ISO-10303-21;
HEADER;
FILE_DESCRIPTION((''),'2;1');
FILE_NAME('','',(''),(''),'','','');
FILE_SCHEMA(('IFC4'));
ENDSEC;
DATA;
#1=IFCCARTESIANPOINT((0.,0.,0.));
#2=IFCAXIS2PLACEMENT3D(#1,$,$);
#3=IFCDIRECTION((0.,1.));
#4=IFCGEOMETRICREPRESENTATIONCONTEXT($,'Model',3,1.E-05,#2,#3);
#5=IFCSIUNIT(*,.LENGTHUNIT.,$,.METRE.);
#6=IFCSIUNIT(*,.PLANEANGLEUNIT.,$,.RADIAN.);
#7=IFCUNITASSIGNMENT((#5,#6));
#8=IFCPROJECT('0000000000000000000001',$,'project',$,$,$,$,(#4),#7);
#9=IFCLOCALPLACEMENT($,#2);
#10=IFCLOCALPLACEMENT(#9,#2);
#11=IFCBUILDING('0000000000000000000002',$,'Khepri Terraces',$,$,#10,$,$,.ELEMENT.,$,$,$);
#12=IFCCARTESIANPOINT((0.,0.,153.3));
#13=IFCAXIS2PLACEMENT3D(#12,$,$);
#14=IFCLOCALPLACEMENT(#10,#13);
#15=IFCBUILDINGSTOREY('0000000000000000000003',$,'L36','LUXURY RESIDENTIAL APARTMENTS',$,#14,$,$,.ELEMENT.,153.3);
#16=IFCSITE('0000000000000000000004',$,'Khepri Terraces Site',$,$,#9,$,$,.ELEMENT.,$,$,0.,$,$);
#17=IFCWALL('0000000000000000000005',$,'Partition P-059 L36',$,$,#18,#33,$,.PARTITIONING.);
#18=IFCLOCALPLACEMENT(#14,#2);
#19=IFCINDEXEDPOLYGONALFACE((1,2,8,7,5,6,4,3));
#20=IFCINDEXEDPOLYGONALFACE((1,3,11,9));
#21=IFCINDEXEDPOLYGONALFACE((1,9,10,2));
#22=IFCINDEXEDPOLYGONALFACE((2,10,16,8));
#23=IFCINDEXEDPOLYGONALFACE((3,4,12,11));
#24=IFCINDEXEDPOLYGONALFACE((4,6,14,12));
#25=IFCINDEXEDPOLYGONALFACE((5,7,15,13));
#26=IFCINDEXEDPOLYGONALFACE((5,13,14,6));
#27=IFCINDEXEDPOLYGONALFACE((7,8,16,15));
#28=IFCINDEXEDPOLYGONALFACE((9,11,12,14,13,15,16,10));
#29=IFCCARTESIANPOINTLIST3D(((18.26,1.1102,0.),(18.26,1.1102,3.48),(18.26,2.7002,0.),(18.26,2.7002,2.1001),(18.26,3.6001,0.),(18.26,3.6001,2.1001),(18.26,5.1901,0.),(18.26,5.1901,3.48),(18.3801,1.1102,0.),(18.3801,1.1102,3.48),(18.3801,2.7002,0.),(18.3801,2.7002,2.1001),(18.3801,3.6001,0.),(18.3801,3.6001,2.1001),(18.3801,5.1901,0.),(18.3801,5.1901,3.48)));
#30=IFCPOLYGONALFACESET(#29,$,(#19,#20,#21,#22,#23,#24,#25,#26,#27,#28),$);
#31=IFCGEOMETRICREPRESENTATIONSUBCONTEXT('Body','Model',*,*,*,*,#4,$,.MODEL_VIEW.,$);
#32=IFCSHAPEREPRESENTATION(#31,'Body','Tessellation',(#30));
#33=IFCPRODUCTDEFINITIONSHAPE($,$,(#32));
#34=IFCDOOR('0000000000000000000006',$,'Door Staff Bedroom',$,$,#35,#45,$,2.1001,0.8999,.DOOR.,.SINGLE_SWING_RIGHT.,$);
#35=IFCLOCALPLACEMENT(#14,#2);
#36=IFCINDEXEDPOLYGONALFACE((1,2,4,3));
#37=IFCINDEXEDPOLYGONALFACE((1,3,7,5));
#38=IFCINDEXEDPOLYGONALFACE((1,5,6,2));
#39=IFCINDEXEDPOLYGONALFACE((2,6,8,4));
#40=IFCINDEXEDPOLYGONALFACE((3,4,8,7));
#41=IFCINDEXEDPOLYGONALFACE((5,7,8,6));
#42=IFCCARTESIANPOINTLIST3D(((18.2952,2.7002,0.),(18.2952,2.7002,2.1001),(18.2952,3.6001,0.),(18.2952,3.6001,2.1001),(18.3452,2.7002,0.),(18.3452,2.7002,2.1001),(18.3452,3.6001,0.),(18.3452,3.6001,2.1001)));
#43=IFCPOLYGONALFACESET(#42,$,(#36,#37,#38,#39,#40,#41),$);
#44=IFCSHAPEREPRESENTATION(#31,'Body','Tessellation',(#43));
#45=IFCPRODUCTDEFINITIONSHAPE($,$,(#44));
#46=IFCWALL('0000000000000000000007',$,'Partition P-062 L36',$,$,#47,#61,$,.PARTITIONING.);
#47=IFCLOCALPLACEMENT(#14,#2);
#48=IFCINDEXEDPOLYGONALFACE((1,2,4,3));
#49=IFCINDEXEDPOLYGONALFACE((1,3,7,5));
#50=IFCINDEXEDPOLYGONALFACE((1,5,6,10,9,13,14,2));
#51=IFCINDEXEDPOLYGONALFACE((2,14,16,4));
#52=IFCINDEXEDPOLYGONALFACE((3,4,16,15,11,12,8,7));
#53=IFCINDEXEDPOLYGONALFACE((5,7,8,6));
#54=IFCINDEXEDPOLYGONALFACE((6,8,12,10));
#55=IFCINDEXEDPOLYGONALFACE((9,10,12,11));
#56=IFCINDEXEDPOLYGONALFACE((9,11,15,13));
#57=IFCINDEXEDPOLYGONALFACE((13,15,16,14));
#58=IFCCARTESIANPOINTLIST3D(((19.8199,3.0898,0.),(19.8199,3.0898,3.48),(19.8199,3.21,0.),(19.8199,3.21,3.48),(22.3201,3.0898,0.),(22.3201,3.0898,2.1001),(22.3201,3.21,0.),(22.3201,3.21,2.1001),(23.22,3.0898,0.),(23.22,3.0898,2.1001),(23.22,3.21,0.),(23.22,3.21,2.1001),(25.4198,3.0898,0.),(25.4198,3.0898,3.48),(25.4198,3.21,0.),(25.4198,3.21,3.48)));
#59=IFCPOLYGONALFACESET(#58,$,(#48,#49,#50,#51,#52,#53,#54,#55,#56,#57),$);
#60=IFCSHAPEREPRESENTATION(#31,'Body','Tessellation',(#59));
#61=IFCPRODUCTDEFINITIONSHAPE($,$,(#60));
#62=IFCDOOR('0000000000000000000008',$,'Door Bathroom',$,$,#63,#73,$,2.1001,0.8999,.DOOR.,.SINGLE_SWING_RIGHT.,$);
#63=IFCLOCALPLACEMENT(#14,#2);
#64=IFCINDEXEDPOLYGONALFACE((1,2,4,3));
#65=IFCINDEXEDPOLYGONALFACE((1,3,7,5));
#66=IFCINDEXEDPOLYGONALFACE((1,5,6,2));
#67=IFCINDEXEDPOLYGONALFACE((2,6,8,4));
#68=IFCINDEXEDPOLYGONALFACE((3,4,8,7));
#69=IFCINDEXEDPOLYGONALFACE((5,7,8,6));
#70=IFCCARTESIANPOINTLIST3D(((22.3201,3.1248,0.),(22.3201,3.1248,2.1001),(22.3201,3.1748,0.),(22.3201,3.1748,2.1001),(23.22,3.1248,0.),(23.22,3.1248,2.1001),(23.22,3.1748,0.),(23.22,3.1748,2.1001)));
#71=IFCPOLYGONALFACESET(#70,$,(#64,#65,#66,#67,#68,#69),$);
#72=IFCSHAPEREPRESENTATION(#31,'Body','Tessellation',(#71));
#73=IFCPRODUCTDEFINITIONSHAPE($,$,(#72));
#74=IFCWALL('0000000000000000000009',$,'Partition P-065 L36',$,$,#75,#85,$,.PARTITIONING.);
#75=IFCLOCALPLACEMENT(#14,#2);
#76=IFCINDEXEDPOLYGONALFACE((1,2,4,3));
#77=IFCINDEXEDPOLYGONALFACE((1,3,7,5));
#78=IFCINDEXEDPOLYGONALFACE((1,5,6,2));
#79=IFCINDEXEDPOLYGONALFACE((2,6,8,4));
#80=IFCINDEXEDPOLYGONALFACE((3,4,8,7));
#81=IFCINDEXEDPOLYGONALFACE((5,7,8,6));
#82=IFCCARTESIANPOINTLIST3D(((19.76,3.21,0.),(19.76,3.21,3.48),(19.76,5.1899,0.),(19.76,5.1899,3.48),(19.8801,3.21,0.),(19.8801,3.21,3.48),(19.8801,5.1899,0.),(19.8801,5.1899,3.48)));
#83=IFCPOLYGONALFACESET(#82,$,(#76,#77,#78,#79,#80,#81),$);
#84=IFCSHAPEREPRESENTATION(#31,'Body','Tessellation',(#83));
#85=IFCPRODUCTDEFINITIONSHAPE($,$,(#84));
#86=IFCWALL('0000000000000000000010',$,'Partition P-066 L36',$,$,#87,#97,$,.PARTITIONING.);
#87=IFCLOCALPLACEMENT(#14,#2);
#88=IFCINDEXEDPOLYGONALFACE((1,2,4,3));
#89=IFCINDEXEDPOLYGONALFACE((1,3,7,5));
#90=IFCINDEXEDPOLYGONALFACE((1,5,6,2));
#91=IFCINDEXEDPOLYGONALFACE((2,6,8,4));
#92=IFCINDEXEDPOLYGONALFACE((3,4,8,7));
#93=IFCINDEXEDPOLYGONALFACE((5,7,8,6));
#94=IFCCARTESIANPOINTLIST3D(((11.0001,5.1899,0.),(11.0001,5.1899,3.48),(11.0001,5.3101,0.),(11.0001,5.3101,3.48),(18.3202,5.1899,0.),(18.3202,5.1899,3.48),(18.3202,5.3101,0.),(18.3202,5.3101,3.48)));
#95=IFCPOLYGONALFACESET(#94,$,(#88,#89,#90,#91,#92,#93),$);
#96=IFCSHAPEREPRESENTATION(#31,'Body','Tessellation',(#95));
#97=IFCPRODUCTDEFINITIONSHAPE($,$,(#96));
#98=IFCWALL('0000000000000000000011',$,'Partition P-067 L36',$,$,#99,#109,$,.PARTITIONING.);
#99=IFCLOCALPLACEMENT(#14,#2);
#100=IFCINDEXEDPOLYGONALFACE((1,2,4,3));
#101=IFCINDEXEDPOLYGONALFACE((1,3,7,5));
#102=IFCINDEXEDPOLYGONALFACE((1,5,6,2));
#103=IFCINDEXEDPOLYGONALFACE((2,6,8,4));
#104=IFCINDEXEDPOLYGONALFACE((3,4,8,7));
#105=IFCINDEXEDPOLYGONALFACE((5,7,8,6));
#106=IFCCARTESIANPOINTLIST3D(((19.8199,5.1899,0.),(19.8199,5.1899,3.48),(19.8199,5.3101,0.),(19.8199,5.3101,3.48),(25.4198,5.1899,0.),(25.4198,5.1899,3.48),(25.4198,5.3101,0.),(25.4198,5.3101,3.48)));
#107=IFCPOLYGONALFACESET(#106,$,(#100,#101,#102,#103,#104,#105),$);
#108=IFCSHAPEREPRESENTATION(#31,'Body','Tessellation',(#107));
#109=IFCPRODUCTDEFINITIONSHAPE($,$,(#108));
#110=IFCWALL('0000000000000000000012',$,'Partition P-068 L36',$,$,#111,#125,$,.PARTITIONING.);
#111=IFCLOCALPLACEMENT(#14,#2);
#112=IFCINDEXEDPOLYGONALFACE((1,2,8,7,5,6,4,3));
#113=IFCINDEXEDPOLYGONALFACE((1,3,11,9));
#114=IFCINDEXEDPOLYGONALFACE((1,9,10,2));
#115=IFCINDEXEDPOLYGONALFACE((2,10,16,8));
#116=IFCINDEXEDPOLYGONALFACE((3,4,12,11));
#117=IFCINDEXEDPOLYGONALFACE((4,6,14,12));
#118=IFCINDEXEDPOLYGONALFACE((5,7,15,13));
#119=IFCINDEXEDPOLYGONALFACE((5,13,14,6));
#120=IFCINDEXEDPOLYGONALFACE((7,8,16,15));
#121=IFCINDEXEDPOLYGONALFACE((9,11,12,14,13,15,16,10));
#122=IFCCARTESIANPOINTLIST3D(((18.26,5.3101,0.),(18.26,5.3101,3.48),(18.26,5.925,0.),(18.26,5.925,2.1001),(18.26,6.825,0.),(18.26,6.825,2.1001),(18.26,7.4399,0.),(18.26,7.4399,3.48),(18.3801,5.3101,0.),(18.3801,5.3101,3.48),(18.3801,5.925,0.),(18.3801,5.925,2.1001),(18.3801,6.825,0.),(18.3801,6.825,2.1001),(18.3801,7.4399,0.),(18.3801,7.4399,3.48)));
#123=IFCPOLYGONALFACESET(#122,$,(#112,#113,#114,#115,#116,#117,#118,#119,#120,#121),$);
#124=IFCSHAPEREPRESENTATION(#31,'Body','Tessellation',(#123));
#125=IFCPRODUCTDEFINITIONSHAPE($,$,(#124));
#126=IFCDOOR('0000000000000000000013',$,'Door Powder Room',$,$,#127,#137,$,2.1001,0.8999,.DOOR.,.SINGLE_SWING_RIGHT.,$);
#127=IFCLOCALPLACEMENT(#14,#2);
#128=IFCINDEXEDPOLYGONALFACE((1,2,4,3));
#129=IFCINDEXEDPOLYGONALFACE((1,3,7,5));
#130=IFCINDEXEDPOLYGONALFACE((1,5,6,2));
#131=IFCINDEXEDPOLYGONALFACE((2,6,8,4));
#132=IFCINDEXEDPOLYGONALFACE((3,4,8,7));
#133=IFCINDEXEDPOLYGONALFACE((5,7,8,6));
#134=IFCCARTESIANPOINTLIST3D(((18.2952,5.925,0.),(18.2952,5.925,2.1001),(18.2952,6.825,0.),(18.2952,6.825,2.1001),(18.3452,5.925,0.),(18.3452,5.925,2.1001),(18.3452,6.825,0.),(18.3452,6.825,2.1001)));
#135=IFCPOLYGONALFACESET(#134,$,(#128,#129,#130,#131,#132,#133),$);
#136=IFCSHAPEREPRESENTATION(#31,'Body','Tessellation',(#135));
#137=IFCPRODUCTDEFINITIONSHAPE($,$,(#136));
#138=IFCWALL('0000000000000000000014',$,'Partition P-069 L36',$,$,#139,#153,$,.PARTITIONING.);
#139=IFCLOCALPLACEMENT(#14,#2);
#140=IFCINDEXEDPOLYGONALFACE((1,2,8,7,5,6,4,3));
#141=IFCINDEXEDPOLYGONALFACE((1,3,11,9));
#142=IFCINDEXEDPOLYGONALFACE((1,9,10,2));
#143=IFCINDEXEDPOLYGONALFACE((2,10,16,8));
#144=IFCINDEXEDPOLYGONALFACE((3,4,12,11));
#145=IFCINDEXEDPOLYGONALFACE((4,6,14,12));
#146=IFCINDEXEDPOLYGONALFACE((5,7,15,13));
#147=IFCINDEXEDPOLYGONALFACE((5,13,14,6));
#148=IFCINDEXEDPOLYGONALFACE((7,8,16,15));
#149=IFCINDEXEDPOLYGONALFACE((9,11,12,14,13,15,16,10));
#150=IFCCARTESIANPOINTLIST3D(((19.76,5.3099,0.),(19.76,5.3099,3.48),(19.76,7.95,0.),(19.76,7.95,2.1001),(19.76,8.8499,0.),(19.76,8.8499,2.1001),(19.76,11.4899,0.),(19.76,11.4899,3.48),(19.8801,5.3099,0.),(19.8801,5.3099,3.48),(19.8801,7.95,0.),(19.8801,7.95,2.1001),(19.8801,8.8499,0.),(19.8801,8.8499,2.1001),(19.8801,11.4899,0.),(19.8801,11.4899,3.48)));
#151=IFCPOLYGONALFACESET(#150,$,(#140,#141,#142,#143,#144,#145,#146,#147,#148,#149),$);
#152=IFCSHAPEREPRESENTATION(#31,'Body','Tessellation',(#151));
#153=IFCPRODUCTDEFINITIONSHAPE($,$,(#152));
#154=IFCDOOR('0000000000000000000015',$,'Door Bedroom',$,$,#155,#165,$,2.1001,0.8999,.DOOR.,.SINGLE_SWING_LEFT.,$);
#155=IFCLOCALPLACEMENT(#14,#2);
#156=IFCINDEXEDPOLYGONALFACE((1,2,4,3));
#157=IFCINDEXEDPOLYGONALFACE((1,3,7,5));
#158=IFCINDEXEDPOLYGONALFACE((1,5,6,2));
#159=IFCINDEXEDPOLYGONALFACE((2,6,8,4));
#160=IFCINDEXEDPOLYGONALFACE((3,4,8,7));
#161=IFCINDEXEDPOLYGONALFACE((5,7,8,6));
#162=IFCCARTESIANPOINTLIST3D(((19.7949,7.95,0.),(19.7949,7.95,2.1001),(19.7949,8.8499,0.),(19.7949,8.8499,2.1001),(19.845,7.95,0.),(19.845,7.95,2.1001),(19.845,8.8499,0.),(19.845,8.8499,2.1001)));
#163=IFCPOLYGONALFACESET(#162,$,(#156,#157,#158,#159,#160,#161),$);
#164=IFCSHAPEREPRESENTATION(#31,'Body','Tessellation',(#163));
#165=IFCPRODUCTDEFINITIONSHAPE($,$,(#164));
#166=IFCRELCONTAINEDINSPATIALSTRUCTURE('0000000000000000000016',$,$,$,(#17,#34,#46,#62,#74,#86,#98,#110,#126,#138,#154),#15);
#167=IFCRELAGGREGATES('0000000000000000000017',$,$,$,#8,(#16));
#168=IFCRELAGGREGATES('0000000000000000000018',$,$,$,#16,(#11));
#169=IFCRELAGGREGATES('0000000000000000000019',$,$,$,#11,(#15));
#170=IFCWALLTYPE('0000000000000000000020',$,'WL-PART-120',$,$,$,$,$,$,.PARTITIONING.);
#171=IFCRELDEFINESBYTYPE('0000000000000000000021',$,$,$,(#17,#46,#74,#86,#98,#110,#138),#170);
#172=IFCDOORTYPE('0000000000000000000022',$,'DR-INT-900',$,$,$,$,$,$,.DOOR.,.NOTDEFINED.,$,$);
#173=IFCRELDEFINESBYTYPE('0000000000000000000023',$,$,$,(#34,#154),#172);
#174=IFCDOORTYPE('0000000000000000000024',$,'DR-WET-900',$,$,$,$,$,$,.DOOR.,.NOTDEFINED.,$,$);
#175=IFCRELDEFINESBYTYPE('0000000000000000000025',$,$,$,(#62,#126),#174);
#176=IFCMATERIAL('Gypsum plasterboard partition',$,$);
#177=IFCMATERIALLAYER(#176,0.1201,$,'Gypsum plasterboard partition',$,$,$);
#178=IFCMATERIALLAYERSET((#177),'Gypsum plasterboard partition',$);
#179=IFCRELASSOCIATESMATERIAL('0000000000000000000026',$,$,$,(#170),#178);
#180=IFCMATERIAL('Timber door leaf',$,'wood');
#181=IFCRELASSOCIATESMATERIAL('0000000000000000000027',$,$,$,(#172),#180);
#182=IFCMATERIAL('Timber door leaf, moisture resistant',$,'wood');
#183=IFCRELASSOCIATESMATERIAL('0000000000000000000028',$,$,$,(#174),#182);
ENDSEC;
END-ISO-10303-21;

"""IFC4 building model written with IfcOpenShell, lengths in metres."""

from ifc_helpers import new_model, si_unit, direction, frame, frame_2d, origin, place, context, subcontext, project, spatial, rectangle, extrude, material, layer, layer_set, type_object, element, fill, save


model = new_model("IFC4")

# Units and contexts
model_context = context("Model", 3, precision=1e-05, world=origin(), true_north=direction((0.0, 1.0)))
body_context = subcontext(model_context, "Body", "Model", "MODEL_VIEW")
ifc_project = project(units=[si_unit("LENGTHUNIT", "METRE"), si_unit("PLANEANGLEUNIT", "RADIAN")], contexts=[model_context])

# Site, building, storey
site_placement = place(None, origin())
site = spatial("IfcSite", under=ifc_project, at=site_placement, Name="Khepri Terraces Site", CompositionType="ELEMENT", RefElevation=0.0)
building_placement = place(site_placement, origin())
building = spatial("IfcBuilding", under=site, at=building_placement, Name="Khepri Terraces", CompositionType="ELEMENT")
storey_placement = place(building_placement, frame((0.0, 0.0, 153.3)))
storey = spatial("IfcBuildingStorey", under=building, at=storey_placement, Name="L36", Description="LUXURY RESIDENTIAL APARTMENTS", CompositionType="ELEMENT", Elevation=153.3)

# Shared definitions
ifc_material_1 = material(Name="Gypsum plasterboard partition")
ifc_layer_1 = layer(ifc_material_1, 0.1201, Name="Gypsum plasterboard partition")
ifc_layer_set_1 = layer_set([ifc_layer_1], Name="Gypsum plasterboard partition")
wall_type_1 = type_object("IfcWallType", Name="WL-PART-120", PredefinedType="PARTITIONING", material=ifc_layer_set_1)

# Walls, openings, doors
wall_1_placement = place(storey_placement, frame((18.3201, 1.1101, 0.0), z_axis=(0.0, 0.0, 1.0), x_axis=(0.0, 1.0, 0.0)))
wall_1 = element("IfcWall", 1, at=wall_1_placement, inside=storey, type_object=wall_type_1, Name="Partition P-059 L36", PredefinedType="PARTITIONING", context=body_context, shape_type="SweptSolid", body=[
    extrude(rectangle(XDim=4.0798, YDim=0.1201, at=frame_2d((2.04, 0.0))), origin(), (0.0, 0.0, 1.0), 3.48),
])
opening_1_placement = place(wall_1_placement, frame((1.5901, 0.0, 0.0)))
opening_1 = element("IfcOpeningElement", 2, at=opening_1_placement, cuts=wall_1, PredefinedType="OPENING", context=body_context, shape_type="SweptSolid", body=[
    extrude(rectangle(XDim=0.8999, YDim=2.1001, at=frame_2d((0.45, 1.05))), frame((0.0, 0.0701, 0.0), z_axis=(0.0, -1.0, 0.0), x_axis=(1.0, 0.0, 0.0)), (0.0, 0.0, 1.0), 0.1401),
])
ifc_material_2 = material(Name="Timber door leaf", Category="wood")
door_type_1 = type_object("IfcDoorType", Name="DR-INT-900", OperationType="NOTDEFINED", PredefinedType="DOOR", material=ifc_material_2)
door_1_placement = place(opening_1_placement, origin())
door_1 = element("IfcDoor", 3, at=door_1_placement, inside=storey, type_object=door_type_1, Name="Door Staff Bedroom", OperationType="SINGLE_SWING_RIGHT", OverallHeight=2.1001, OverallWidth=0.8999, PredefinedType="DOOR", context=body_context, shape_type="SweptSolid", body=[
    extrude(rectangle(XDim=0.8999, YDim=2.1001, at=frame_2d((0.45, 1.05))), frame((0.0, 0.0249, 0.0), z_axis=(0.0, -1.0, 0.0), x_axis=(1.0, 0.0, 0.0)), (0.0, 0.0, 1.0), 0.05),
])
fill(opening_1, door_1)
wall_2_placement = place(storey_placement, frame((19.8201, 3.1499, 0.0), z_axis=(0.0, 0.0, 1.0), x_axis=(1.0, 0.0, 0.0)))
wall_2 = element("IfcWall", 4, at=wall_2_placement, inside=storey, type_object=wall_type_1, Name="Partition P-062 L36", PredefinedType="PARTITIONING", context=body_context, shape_type="SweptSolid", body=[
    extrude(rectangle(XDim=5.5999, YDim=0.1201, at=frame_2d((2.7998, 0.0))), origin(), (0.0, 0.0, 1.0), 3.48),
])
opening_2_placement = place(wall_2_placement, frame((2.5, 0.0, 0.0)))
opening_2 = element("IfcOpeningElement", 5, at=opening_2_placement, cuts=wall_2, PredefinedType="OPENING", context=body_context, shape_type="SweptSolid", body=[
    extrude(rectangle(XDim=0.8999, YDim=2.1001, at=frame_2d((0.45, 1.05))), frame((0.0, 0.0701, 0.0), z_axis=(0.0, -1.0, 0.0), x_axis=(1.0, 0.0, 0.0)), (0.0, 0.0, 1.0), 0.1401),
])
ifc_material_3 = material(Name="Timber door leaf, moisture resistant", Category="wood")
door_type_2 = type_object("IfcDoorType", Name="DR-WET-900", OperationType="NOTDEFINED", PredefinedType="DOOR", material=ifc_material_3)
door_2_placement = place(opening_2_placement, origin())
door_2 = element("IfcDoor", 6, at=door_2_placement, inside=storey, type_object=door_type_2, Name="Door Bathroom", OperationType="SINGLE_SWING_RIGHT", OverallHeight=2.1001, OverallWidth=0.8999, PredefinedType="DOOR", context=body_context, shape_type="SweptSolid", body=[
    extrude(rectangle(XDim=0.8999, YDim=2.1001, at=frame_2d((0.45, 1.05))), frame((0.0, 0.0249, 0.0), z_axis=(0.0, -1.0, 0.0), x_axis=(1.0, 0.0, 0.0)), (0.0, 0.0, 1.0), 0.05),
])
fill(opening_2, door_2)

# Walls
wall_3_placement = place(storey_placement, frame((19.8201, 3.21, 0.0), z_axis=(0.0, 0.0, 1.0), x_axis=(0.0, 1.0, 0.0)))
element("IfcWall", 7, at=wall_3_placement, inside=storey, type_object=wall_type_1, Name="Partition P-065 L36", PredefinedType="PARTITIONING", context=body_context, shape_type="SweptSolid", body=[
    extrude(rectangle(XDim=1.98, YDim=0.1201, at=frame_2d((0.99, 0.0))), origin(), (0.0, 0.0, 1.0), 3.48),
])
wall_4_placement = place(storey_placement, frame((11.0, 5.25, 0.0), z_axis=(0.0, 0.0, 1.0), x_axis=(1.0, 0.0, 0.0)))
element("IfcWall", 8, at=wall_4_placement, inside=storey, type_object=wall_type_1, Name="Partition P-066 L36", PredefinedType="PARTITIONING", context=body_context, shape_type="SweptSolid", body=[
    extrude(rectangle(XDim=7.3201, YDim=0.1201, at=frame_2d((3.6602, 0.0))), origin(), (0.0, 0.0, 1.0), 3.48),
])
wall_5_placement = place(storey_placement, frame((19.8201, 5.25, 0.0), z_axis=(0.0, 0.0, 1.0), x_axis=(1.0, 0.0, 0.0)))
element("IfcWall", 9, at=wall_5_placement, inside=storey, type_object=wall_type_1, Name="Partition P-067 L36", PredefinedType="PARTITIONING", context=body_context, shape_type="SweptSolid", body=[
    extrude(rectangle(XDim=5.5999, YDim=0.1201, at=frame_2d((2.7998, 0.0))), origin(), (0.0, 0.0, 1.0), 3.48),
])

# Walls, openings, doors
wall_6_placement = place(storey_placement, frame((18.3201, 5.3101, 0.0), z_axis=(0.0, 0.0, 1.0), x_axis=(0.0, 1.0, 0.0)))
wall_6 = element("IfcWall", 10, at=wall_6_placement, inside=storey, type_object=wall_type_1, Name="Partition P-068 L36", PredefinedType="PARTITIONING", context=body_context, shape_type="SweptSolid", body=[
    extrude(rectangle(XDim=2.1299, YDim=0.1201, at=frame_2d((1.0649, 0.0))), origin(), (0.0, 0.0, 1.0), 3.48),
])
opening_3_placement = place(wall_6_placement, frame((0.615, 0.0, 0.0)))
opening_3 = element("IfcOpeningElement", 11, at=opening_3_placement, cuts=wall_6, PredefinedType="OPENING", context=body_context, shape_type="SweptSolid", body=[
    extrude(rectangle(XDim=0.8999, YDim=2.1001, at=frame_2d((0.45, 1.05))), frame((0.0, 0.0701, 0.0), z_axis=(0.0, -1.0, 0.0), x_axis=(1.0, 0.0, 0.0)), (0.0, 0.0, 1.0), 0.1401),
])
door_3_placement = place(opening_3_placement, origin())
door_3 = element("IfcDoor", 12, at=door_3_placement, inside=storey, type_object=door_type_2, Name="Door Powder Room", OperationType="SINGLE_SWING_RIGHT", OverallHeight=2.1001, OverallWidth=0.8999, PredefinedType="DOOR", context=body_context, shape_type="SweptSolid", body=[
    extrude(rectangle(XDim=0.8999, YDim=2.1001, at=frame_2d((0.45, 1.05))), frame((0.0, 0.0249, 0.0), z_axis=(0.0, -1.0, 0.0), x_axis=(1.0, 0.0, 0.0)), (0.0, 0.0, 1.0), 0.05),
])
fill(opening_3, door_3)
wall_7_placement = place(storey_placement, frame((19.8201, 5.3101, 0.0), z_axis=(0.0, 0.0, 1.0), x_axis=(0.0, 1.0, 0.0)))
wall_7 = element("IfcWall", 13, at=wall_7_placement, inside=storey, type_object=wall_type_1, Name="Partition P-069 L36", PredefinedType="PARTITIONING", context=body_context, shape_type="SweptSolid", body=[
    extrude(rectangle(XDim=6.1799, YDim=0.1201, at=frame_2d((3.0898, 0.0))), origin(), (0.0, 0.0, 1.0), 3.48),
])
opening_4_placement = place(wall_7_placement, frame((2.6399, 0.0, 0.0)))
opening_4 = element("IfcOpeningElement", 14, at=opening_4_placement, cuts=wall_7, PredefinedType="OPENING", context=body_context, shape_type="SweptSolid", body=[
    extrude(rectangle(XDim=0.8999, YDim=2.1001, at=frame_2d((0.45, 1.05))), frame((0.0, 0.0701, 0.0), z_axis=(0.0, -1.0, 0.0), x_axis=(1.0, 0.0, 0.0)), (0.0, 0.0, 1.0), 0.1401),
])
door_4_placement = place(opening_4_placement, frame((0.8999, 0.0, 0.0), z_axis=(0.0, 0.0, 1.0), x_axis=(-1.0, 0.0, 0.0)))
door_4 = element("IfcDoor", 15, at=door_4_placement, inside=storey, type_object=door_type_1, Name="Door Bedroom", OperationType="SINGLE_SWING_LEFT", OverallHeight=2.1001, OverallWidth=0.8999, PredefinedType="DOOR", context=body_context, shape_type="SweptSolid", body=[
    extrude(rectangle(XDim=0.8999, YDim=2.1001, at=frame_2d((0.45, 1.05))), frame((0.0, 0.0249, 0.0), z_axis=(0.0, -1.0, 0.0), x_axis=(1.0, 0.0, 0.0)), (0.0, 0.0, 1.0), 0.05),
])
fill(opening_4, door_4)

save(model, "model.ifc")
